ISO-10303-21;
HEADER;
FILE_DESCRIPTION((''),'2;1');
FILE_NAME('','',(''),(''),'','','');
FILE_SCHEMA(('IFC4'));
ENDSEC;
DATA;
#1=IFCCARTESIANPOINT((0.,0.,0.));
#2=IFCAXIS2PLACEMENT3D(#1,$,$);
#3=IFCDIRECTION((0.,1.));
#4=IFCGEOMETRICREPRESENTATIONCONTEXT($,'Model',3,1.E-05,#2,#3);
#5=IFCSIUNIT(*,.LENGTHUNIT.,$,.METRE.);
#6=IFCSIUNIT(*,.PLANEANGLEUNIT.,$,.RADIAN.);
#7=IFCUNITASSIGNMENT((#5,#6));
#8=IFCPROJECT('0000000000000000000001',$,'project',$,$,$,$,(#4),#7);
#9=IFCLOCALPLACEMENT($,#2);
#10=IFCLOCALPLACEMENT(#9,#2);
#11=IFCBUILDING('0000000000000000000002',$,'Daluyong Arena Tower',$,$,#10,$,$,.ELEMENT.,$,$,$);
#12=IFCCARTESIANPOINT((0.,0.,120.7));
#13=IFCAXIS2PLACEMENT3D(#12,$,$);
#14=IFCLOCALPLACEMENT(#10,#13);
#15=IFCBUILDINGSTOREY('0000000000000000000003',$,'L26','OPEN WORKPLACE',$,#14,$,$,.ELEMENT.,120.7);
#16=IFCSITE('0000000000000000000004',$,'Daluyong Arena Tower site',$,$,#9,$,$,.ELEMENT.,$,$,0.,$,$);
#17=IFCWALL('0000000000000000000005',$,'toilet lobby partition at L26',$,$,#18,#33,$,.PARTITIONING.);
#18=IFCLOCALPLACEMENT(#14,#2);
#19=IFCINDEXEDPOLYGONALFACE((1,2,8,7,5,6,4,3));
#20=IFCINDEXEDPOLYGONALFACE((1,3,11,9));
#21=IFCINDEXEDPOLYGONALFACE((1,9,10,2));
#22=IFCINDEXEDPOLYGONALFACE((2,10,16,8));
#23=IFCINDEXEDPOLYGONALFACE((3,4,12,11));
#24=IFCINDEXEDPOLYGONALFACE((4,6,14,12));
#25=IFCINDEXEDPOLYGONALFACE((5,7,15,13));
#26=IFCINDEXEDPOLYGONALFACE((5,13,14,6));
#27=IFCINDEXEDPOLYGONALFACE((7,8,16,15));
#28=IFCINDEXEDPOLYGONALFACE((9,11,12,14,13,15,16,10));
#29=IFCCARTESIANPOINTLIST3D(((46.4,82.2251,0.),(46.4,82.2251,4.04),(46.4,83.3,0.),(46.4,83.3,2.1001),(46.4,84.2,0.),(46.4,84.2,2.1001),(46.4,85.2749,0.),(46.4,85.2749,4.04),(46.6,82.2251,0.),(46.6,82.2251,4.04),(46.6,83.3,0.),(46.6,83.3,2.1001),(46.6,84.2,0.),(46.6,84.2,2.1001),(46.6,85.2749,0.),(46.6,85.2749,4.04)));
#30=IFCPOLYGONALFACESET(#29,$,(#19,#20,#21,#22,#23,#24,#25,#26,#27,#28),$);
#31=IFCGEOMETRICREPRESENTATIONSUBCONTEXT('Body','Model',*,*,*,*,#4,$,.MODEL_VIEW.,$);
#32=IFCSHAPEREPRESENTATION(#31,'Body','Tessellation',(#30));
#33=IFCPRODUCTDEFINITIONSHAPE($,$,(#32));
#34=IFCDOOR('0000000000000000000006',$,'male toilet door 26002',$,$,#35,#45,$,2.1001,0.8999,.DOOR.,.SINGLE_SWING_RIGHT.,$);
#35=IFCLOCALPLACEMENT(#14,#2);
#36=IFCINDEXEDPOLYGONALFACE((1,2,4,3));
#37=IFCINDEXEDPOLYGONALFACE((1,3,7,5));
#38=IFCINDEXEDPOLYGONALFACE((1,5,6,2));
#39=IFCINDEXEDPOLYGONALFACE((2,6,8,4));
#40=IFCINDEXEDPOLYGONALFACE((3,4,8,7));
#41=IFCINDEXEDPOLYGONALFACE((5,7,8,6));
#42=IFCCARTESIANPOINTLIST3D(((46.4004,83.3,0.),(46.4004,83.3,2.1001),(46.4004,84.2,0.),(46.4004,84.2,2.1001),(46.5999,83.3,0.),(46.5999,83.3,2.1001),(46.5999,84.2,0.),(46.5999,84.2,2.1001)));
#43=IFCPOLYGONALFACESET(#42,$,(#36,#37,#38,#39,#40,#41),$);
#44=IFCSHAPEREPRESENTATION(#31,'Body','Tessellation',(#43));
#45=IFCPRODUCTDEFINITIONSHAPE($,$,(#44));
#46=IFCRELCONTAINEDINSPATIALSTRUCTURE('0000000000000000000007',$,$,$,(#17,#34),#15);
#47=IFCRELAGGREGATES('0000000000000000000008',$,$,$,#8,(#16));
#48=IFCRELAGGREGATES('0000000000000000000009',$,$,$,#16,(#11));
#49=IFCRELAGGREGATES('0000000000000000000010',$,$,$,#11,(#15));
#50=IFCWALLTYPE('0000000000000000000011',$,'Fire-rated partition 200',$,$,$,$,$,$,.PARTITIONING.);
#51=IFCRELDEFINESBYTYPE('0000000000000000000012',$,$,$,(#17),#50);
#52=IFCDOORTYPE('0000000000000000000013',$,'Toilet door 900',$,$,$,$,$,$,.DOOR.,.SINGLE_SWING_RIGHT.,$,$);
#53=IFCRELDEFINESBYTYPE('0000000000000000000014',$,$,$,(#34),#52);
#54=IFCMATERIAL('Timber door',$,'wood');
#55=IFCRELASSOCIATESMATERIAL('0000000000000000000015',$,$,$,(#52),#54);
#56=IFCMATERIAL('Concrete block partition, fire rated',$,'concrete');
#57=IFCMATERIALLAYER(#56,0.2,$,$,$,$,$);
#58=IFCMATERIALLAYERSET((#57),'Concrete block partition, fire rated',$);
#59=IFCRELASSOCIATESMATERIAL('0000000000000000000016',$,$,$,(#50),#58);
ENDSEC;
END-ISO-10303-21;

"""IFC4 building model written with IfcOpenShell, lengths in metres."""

from ifc_helpers import new_model, si_unit, direction, frame, frame_2d, origin, place, context, subcontext, project, spatial, rectangle, extrude, material, layer, layer_set, type_object, element, fill, save


model = new_model("IFC4")

# Units and contexts
model_context = context("Model", 3, precision=1e-05, world=origin(), true_north=direction((0.0, 1.0)))
body_context = subcontext(model_context, "Body", "Model", "MODEL_VIEW")
ifc_project = project(units=[si_unit("LENGTHUNIT", "METRE"), si_unit("PLANEANGLEUNIT", "RADIAN")], contexts=[model_context])

# Site, building, storey
site_placement = place(None, origin())
site = spatial("IfcSite", under=ifc_project, at=site_placement, Name="Daluyong Arena Tower site", CompositionType="ELEMENT", RefElevation=0.0)
building_placement = place(site_placement, origin())
building = spatial("IfcBuilding", under=site, at=building_placement, Name="Daluyong Arena Tower", CompositionType="ELEMENT")
storey_placement = place(building_placement, frame((0.0, 0.0, 120.7)))
storey = spatial("IfcBuildingStorey", under=building, at=storey_placement, Name="L26", Description="OPEN WORKPLACE", CompositionType="ELEMENT", Elevation=120.7)

# Shared definitions
ifc_material_1 = material(Name="Timber door", Category="wood")
door_type_1 = type_object("IfcDoorType", Name="Toilet door 900", OperationType="SINGLE_SWING_RIGHT", PredefinedType="DOOR", material=ifc_material_1)

# Wall, opening, door
ifc_material_2 = material(Name="Concrete block partition, fire rated", Category="concrete")
ifc_layer_1 = layer(ifc_material_2, 0.2)
ifc_layer_set_1 = layer_set([ifc_layer_1], Name="Concrete block partition, fire rated")
wall_type_1 = type_object("IfcWallType", Name="Fire-rated partition 200", PredefinedType="PARTITIONING", material=ifc_layer_set_1)
wall_1_placement = place(storey_placement, frame((46.5, 82.2251, 0.0), z_axis=(0.0, 0.0, 1.0), x_axis=(0.0, 1.0, 0.0)))
wall_1 = element("IfcWall", 1, at=wall_1_placement, inside=storey, type_object=wall_type_1, Name="toilet lobby partition at L26", PredefinedType="PARTITIONING", context=body_context, shape_type="SweptSolid", body=[
    extrude(rectangle(XDim=3.0498, YDim=0.2, at=frame_2d((1.5249, 0.0))), origin(), (0.0, 0.0, 1.0), 4.04),
])
opening_1_placement = place(wall_1_placement, frame((1.075, 0.0, 0.0)))
opening_1 = element("IfcOpeningElement", 2, at=opening_1_placement, cuts=wall_1, PredefinedType="OPENING", context=body_context, shape_type="SweptSolid", body=[
    extrude(rectangle(XDim=0.8999, YDim=2.1001, at=frame_2d((0.45, 1.05))), frame((0.0, 0.1099, 0.0), z_axis=(0.0, -1.0, 0.0), x_axis=(1.0, 0.0, 0.0)), (0.0, 0.0, 1.0), 0.22),
])
door_1_placement = place(opening_1_placement, origin())
door_1 = element("IfcDoor", 3, at=door_1_placement, inside=storey, type_object=door_type_1, Name="male toilet door 26002", OperationType="SINGLE_SWING_RIGHT", OverallHeight=2.1001, OverallWidth=0.8999, PredefinedType="DOOR", context=body_context, shape_type="SweptSolid", body=[
    extrude(rectangle(XDim=0.8999, YDim=2.1001, at=frame_2d((0.45, 1.05))), frame((0.0, 0.0996, 0.0), z_axis=(0.0, -1.0, 0.0), x_axis=(1.0, 0.0, 0.0)), (0.0, 0.0, 1.0), 0.1995),
])
fill(opening_1, door_1)

save(model, "model.ifc")
